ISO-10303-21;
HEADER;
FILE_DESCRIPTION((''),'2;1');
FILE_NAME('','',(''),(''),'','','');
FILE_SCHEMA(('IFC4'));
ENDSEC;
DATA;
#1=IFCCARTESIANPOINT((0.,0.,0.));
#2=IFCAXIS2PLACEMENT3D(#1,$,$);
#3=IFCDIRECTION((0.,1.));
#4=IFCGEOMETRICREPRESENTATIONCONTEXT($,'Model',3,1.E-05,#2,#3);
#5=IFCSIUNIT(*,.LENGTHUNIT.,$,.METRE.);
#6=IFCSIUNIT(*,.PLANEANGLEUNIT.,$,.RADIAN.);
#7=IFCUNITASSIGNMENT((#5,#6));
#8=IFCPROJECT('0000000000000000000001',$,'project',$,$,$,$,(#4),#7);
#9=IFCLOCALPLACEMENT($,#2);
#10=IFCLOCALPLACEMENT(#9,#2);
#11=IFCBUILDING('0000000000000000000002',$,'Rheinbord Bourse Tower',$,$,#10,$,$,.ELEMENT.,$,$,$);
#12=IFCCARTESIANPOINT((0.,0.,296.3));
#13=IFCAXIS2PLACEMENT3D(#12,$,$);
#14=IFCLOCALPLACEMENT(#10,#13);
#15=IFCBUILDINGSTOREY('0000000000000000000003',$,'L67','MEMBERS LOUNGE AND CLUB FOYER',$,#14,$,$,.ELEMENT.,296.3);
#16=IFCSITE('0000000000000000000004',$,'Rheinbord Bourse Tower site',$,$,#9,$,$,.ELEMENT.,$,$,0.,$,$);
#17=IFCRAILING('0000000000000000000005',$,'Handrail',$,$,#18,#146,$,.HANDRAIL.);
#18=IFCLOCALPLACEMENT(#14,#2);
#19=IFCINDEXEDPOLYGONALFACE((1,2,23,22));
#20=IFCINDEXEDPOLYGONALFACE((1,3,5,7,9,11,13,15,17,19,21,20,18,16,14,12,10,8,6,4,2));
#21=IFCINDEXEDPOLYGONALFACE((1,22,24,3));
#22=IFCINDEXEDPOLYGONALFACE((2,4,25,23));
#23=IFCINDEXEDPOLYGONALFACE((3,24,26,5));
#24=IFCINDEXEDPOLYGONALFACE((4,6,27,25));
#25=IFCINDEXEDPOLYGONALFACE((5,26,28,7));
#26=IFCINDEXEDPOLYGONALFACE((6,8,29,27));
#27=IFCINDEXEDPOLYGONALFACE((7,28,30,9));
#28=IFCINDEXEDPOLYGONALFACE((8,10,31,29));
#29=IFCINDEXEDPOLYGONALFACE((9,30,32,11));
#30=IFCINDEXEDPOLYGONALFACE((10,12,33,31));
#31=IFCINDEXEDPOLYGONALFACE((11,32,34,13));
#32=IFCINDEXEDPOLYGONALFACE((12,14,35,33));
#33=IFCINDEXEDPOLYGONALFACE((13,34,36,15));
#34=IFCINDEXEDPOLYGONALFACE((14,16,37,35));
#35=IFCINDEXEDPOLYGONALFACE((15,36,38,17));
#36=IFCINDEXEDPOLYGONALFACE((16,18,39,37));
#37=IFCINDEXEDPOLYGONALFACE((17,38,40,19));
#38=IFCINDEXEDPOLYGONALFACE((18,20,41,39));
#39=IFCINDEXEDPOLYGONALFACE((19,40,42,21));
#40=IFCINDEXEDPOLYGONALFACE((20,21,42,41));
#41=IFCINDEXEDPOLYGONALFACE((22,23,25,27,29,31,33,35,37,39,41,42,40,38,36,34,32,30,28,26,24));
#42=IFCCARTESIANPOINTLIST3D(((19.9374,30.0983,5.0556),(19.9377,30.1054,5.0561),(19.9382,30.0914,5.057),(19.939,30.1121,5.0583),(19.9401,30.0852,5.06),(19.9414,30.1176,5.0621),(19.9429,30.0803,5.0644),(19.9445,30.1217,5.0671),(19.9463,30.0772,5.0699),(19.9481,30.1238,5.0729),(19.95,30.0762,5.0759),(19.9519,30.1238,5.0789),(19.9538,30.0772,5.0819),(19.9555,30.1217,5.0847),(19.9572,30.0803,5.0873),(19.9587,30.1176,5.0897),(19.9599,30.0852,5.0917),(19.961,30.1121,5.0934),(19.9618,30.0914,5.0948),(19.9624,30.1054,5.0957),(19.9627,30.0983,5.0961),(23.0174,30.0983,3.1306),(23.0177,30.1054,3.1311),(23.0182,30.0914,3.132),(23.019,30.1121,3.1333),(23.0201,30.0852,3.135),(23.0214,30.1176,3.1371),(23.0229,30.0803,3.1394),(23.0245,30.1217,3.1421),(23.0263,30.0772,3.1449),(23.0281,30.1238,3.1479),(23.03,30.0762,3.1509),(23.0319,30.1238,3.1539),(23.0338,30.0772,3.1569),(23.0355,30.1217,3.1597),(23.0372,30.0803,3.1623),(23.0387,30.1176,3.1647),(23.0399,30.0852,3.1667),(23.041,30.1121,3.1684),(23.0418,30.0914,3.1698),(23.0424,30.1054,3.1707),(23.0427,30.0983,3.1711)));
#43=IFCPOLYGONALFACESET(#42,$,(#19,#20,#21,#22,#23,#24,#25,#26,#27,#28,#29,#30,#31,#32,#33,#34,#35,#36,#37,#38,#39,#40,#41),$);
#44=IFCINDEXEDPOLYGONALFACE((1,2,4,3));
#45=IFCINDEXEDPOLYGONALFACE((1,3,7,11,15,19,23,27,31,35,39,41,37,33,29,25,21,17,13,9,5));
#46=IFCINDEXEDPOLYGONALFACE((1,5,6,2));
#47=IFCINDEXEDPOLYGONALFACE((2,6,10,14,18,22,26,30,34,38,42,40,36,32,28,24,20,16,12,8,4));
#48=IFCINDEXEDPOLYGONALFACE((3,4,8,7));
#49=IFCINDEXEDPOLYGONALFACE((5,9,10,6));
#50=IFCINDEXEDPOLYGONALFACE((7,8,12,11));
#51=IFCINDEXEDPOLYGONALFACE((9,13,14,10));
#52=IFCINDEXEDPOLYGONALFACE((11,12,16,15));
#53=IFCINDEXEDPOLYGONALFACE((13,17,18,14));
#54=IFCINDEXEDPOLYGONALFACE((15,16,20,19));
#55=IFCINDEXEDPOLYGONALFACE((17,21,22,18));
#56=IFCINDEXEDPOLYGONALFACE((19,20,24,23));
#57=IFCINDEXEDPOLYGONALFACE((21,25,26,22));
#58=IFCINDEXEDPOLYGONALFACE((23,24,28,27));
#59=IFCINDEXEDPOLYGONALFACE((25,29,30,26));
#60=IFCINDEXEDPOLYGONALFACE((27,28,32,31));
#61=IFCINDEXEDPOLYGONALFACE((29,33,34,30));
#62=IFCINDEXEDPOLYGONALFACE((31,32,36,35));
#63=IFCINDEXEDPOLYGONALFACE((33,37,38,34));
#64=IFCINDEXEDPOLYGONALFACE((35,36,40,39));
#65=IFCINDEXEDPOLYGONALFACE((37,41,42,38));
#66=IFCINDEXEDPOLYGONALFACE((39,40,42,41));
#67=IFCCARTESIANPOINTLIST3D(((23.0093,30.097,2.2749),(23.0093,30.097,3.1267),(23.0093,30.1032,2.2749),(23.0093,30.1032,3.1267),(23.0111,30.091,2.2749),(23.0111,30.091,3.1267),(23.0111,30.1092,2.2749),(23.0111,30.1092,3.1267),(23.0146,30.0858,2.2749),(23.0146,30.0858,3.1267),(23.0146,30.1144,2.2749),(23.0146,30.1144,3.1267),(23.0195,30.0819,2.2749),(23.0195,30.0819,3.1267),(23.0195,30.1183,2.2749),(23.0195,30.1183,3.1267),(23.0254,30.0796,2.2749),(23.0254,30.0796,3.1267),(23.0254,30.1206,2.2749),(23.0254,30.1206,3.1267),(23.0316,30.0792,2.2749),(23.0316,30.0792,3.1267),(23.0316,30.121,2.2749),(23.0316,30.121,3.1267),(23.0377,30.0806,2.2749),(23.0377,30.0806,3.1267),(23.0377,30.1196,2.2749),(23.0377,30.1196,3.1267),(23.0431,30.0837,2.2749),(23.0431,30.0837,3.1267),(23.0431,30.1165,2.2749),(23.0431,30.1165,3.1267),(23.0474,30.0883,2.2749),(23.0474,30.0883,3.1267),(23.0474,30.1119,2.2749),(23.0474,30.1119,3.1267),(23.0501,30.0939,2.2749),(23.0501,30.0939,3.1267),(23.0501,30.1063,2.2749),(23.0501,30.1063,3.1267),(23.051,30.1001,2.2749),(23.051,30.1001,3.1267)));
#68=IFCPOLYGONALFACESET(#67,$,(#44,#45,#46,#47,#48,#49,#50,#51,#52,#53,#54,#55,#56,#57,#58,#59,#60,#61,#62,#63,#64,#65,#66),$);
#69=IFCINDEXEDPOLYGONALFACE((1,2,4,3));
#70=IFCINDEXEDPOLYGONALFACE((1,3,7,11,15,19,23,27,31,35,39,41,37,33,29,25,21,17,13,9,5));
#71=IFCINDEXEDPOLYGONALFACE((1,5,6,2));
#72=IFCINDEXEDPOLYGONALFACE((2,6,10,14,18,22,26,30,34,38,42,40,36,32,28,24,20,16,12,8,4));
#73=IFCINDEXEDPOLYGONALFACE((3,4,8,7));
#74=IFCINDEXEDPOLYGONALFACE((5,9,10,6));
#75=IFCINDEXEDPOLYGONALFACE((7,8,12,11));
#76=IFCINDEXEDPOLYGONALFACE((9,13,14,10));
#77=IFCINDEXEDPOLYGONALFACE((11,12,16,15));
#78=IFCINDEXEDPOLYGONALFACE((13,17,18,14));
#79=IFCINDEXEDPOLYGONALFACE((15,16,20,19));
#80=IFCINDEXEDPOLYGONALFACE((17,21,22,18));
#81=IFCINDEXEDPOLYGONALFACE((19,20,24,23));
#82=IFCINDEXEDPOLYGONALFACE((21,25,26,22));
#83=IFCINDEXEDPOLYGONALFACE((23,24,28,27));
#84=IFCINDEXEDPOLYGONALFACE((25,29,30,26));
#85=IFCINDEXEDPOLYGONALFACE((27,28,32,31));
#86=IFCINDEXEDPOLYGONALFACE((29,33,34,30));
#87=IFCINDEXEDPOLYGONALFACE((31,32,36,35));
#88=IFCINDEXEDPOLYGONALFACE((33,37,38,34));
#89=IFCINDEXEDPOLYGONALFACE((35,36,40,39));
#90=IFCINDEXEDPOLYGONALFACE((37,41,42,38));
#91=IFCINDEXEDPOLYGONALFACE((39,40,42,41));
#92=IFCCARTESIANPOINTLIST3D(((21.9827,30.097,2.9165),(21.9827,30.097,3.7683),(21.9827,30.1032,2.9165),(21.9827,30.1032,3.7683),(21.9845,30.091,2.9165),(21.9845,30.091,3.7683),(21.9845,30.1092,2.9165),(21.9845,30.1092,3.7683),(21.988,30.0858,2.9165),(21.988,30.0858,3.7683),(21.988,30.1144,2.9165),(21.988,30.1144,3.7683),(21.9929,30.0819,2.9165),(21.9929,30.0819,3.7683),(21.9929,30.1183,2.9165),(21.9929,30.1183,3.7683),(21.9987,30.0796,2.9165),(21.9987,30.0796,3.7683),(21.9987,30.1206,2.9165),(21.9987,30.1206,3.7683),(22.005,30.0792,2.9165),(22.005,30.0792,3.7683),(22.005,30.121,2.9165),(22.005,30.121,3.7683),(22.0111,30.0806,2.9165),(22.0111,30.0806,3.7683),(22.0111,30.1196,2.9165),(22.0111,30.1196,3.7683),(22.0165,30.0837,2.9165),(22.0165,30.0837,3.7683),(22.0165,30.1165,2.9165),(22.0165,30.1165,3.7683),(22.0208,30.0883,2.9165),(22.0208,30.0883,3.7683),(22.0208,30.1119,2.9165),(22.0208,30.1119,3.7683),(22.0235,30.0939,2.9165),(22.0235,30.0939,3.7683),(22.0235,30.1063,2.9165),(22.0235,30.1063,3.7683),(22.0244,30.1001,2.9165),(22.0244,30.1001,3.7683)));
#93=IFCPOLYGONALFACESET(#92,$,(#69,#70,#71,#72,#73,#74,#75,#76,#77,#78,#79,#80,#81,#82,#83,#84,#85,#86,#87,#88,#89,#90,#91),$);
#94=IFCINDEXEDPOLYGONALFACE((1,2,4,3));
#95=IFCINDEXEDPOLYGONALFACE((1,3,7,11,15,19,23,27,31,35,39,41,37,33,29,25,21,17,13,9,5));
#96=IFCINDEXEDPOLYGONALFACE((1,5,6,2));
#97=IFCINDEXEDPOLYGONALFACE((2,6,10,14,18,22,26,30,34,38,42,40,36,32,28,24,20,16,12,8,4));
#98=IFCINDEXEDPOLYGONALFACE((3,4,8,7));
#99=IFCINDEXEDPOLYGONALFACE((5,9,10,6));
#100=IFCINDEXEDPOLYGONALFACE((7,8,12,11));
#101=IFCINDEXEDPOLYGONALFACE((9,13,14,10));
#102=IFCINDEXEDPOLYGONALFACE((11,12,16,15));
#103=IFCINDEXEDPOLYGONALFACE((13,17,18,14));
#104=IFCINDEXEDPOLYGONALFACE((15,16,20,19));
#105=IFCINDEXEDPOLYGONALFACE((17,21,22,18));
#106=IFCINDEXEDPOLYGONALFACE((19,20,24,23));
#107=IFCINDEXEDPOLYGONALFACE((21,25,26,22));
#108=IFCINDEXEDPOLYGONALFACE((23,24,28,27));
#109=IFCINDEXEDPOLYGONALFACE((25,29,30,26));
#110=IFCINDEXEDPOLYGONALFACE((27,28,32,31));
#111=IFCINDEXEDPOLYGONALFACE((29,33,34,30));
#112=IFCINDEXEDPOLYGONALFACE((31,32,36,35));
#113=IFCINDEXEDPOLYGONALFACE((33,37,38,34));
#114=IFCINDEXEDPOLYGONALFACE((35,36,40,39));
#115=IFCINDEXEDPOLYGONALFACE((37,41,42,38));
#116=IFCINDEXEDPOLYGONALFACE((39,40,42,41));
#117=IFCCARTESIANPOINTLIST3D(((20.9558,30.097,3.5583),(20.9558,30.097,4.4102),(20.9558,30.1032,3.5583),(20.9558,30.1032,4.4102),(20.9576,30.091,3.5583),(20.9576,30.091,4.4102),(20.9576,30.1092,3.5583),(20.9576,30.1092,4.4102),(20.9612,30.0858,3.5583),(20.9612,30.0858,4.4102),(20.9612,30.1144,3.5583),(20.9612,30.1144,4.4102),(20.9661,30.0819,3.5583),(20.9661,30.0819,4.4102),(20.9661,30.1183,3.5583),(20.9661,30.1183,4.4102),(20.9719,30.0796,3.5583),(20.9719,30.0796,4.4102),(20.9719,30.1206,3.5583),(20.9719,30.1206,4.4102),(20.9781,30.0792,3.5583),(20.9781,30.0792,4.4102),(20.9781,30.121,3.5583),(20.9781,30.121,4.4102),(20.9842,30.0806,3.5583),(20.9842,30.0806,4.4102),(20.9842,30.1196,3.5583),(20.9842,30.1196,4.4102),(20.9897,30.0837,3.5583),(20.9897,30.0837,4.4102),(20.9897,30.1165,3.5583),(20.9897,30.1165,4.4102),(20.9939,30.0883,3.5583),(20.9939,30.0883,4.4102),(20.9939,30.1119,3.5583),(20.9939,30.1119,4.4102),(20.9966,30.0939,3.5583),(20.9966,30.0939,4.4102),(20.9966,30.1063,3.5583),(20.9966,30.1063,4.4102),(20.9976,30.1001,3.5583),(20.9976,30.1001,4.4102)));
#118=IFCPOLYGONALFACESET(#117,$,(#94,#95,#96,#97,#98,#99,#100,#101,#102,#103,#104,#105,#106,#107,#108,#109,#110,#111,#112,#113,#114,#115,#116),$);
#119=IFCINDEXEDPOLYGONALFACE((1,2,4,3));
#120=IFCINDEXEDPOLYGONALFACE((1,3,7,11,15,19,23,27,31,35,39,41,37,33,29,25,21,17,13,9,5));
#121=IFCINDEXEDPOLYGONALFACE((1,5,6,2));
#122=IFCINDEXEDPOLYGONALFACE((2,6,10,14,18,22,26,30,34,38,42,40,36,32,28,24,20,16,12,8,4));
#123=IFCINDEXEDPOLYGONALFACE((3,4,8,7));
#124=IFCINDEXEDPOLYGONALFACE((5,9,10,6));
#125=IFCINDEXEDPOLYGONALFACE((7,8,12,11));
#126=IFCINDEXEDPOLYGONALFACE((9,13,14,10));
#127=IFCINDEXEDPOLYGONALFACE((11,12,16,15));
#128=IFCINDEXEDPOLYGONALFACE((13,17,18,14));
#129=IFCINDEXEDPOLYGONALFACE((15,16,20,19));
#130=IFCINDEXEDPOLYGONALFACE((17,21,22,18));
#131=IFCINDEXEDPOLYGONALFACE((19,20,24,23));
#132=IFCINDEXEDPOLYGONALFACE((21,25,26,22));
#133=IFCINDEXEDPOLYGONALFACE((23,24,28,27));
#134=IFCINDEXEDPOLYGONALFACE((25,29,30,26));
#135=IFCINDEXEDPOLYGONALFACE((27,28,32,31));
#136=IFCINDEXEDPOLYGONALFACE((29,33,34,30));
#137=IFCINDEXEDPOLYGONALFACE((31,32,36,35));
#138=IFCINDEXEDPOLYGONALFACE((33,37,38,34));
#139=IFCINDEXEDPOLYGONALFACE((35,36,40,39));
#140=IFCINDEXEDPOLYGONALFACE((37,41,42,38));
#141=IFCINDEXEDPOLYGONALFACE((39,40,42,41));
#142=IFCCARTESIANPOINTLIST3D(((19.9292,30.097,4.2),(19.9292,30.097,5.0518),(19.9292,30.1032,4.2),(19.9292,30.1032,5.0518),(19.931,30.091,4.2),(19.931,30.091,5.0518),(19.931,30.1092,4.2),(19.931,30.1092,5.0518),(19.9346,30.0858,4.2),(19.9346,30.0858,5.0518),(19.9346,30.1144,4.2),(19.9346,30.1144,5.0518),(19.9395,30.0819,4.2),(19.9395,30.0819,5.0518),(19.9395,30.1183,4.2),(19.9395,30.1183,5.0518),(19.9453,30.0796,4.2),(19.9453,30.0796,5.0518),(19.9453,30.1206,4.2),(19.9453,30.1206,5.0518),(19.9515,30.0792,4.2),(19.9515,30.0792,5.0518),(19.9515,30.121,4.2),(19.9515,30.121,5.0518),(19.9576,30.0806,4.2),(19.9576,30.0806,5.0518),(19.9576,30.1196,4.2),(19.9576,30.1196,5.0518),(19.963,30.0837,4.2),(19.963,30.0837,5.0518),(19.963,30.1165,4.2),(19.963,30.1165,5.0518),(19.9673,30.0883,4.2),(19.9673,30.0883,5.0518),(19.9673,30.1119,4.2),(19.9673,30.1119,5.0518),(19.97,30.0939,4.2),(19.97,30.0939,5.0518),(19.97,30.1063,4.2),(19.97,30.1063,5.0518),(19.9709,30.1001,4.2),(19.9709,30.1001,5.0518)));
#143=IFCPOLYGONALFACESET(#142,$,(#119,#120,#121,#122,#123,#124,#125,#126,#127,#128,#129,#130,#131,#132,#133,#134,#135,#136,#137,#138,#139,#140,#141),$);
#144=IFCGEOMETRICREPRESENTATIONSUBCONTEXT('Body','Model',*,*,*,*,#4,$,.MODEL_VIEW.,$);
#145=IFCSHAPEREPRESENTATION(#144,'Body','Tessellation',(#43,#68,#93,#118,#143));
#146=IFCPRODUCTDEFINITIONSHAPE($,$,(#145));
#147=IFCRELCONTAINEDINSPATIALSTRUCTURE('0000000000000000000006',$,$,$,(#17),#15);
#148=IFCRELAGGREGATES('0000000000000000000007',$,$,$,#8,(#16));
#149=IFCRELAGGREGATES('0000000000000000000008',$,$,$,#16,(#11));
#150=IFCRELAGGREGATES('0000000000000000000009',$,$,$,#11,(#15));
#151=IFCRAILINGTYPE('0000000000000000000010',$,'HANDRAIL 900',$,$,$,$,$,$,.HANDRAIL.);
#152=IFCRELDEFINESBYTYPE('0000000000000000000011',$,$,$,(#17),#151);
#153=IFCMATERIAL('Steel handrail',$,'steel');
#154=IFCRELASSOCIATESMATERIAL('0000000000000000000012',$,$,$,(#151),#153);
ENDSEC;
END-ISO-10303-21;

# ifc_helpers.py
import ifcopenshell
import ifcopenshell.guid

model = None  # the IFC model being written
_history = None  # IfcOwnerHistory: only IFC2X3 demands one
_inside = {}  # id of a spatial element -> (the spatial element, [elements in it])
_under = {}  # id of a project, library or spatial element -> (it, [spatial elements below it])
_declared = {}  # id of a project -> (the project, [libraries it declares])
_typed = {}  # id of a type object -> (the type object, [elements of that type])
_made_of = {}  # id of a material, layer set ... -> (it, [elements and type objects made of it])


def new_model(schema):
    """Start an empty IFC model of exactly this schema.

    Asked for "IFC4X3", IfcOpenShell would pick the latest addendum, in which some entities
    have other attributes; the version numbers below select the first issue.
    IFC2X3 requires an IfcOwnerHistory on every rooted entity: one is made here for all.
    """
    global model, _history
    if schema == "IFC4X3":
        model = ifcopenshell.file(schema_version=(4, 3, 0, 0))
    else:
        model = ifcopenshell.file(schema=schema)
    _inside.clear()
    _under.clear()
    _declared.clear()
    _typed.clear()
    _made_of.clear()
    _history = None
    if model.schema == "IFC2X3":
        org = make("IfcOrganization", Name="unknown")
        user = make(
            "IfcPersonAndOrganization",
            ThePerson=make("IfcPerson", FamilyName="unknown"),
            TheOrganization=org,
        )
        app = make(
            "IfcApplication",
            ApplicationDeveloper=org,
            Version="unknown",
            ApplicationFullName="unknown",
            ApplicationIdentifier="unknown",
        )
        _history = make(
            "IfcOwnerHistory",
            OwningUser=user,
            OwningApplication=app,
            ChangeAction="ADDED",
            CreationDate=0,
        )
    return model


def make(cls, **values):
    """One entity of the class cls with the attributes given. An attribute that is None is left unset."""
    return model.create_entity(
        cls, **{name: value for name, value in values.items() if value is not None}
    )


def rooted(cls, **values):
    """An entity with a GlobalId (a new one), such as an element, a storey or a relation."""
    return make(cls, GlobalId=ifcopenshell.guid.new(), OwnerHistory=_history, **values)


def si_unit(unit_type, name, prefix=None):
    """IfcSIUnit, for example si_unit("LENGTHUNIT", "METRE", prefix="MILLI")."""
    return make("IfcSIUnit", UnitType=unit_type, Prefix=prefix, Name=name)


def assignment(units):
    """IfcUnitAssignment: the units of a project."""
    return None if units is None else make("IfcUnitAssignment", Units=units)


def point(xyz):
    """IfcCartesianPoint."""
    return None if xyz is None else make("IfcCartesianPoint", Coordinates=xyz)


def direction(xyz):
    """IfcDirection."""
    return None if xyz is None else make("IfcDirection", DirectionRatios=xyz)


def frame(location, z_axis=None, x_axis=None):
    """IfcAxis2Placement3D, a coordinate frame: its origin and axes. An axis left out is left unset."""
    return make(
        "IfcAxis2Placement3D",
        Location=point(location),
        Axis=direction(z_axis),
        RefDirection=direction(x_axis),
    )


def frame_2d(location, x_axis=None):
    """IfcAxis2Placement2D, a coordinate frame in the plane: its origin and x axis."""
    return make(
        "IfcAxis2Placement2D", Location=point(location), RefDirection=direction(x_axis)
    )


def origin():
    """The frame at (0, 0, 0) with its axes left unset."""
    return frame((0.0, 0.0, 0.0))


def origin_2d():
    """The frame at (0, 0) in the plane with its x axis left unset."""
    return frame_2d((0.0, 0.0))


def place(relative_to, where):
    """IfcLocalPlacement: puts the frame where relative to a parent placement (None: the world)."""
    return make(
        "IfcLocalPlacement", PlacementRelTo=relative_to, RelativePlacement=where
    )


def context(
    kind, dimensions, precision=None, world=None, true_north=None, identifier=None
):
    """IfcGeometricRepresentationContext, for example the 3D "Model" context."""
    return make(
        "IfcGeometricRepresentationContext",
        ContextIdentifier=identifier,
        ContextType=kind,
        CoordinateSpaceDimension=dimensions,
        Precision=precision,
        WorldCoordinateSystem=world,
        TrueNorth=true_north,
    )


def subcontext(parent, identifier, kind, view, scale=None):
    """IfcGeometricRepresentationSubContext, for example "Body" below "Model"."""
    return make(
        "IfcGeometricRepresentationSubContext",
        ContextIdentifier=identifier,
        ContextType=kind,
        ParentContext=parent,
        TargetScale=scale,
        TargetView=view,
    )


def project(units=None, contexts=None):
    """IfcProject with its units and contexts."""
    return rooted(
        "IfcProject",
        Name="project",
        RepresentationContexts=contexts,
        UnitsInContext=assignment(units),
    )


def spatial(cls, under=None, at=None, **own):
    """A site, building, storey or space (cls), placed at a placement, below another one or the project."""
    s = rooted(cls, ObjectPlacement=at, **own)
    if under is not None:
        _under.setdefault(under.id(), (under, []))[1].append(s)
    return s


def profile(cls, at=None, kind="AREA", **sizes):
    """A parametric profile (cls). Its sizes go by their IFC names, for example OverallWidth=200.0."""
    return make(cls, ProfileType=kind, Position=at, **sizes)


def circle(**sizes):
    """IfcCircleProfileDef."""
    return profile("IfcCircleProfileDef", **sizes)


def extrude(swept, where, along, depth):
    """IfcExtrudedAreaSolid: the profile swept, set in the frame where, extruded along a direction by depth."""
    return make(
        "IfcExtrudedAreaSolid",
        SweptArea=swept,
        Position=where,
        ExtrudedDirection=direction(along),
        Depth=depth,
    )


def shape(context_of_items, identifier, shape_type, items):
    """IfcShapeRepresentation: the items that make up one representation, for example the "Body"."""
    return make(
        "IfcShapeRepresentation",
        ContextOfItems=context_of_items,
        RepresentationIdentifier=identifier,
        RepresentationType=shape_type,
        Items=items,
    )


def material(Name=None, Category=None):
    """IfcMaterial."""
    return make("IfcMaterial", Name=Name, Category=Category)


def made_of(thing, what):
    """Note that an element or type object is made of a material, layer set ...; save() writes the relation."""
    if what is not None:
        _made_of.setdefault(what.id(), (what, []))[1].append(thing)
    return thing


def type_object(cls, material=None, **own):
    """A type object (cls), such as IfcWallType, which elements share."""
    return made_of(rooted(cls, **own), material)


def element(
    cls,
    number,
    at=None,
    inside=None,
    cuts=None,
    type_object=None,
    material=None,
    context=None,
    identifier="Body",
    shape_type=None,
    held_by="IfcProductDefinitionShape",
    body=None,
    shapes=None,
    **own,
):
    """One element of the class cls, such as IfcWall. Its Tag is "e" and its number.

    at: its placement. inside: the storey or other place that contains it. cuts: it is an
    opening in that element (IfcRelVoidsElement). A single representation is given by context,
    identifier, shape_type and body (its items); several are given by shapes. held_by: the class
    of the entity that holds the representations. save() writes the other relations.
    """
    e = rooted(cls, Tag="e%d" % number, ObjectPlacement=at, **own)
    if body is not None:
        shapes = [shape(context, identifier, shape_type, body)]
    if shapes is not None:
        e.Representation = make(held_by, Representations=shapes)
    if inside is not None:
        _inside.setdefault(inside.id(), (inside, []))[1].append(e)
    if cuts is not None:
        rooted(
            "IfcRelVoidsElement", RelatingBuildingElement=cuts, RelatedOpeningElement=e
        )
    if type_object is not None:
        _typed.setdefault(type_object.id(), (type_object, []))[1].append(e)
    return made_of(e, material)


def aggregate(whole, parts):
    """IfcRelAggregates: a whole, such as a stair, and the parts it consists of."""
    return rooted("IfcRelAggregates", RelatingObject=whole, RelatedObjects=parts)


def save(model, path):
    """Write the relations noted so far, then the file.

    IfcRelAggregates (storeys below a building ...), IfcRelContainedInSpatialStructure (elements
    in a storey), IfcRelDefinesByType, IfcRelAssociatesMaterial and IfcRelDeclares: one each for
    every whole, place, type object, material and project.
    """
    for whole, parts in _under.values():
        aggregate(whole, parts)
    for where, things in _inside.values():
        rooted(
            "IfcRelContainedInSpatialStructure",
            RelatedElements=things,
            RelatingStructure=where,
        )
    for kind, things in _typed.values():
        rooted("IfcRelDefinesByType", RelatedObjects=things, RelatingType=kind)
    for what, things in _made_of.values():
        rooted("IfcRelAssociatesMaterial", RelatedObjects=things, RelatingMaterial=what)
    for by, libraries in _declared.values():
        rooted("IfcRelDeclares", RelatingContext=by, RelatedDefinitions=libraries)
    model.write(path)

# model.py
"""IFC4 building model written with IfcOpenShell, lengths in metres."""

from ifc_helpers import new_model, si_unit, direction, frame, origin, origin_2d, place, context, subcontext, project, spatial, circle, extrude, material, type_object, element, save


model = new_model("IFC4")

# Units and contexts
model_context = context("Model", 3, precision=1e-05, world=origin(), true_north=direction((0.0, 1.0)))
body_context = subcontext(model_context, "Body", "Model", "MODEL_VIEW")
ifc_project = project(units=[si_unit("LENGTHUNIT", "METRE"), si_unit("PLANEANGLEUNIT", "RADIAN")], contexts=[model_context])

# Site, building, storey
site_placement = place(None, origin())
site = spatial("IfcSite", under=ifc_project, at=site_placement, Name="Rheinbord Bourse Tower site", CompositionType="ELEMENT", RefElevation=0.0)
building_placement = place(site_placement, origin())
building = spatial("IfcBuilding", under=site, at=building_placement, Name="Rheinbord Bourse Tower", CompositionType="ELEMENT")
storey_placement = place(building_placement, frame((0.0, 0.0, 296.3)))
storey = spatial("IfcBuildingStorey", under=building, at=storey_placement, Name="L67", Description="MEMBERS LOUNGE AND CLUB FOYER", CompositionType="ELEMENT", Elevation=296.3)

# Railing
ifc_material_1 = material(Name="Steel handrail", Category="steel")
railing_type = type_object("IfcRailingType", Name="HANDRAIL 900", PredefinedType="HANDRAIL", material=ifc_material_1)
railing_1_placement = place(storey_placement, frame((23.03, 30.1001, 2.2749)))
element("IfcRailing", 1, at=railing_1_placement, inside=storey, type_object=railing_type, Name="Handrail", PredefinedType="HANDRAIL", context=body_context, shape_type="SweptSolid", body=[
    extrude(circle(Radius=0.0239, at=origin_2d()), frame((0.0, 0.0, 0.876), z_axis=(-0.847998, 0.0, 0.529999), x_axis=(0.0, -1.0, 0.0)), (0.0, 0.0, 1.0), 3.6321),
    extrude(circle(Radius=0.021, at=origin_2d()), origin(), (0.0, 0.0, 1.0), 0.8518),
    extrude(circle(Radius=0.021, at=origin_2d()), frame((-1.0266, 0.0, 0.6416)), (0.0, 0.0, 1.0), 0.8518),
    extrude(circle(Radius=0.021, at=origin_2d()), frame((-2.0535, 0.0, 1.2834)), (0.0, 0.0, 1.0), 0.8518),
    extrude(circle(Radius=0.021, at=origin_2d()), frame((-3.0801, 0.0, 1.925)), (0.0, 0.0, 1.0), 0.8518),
])

save(model, "model.ifc")
